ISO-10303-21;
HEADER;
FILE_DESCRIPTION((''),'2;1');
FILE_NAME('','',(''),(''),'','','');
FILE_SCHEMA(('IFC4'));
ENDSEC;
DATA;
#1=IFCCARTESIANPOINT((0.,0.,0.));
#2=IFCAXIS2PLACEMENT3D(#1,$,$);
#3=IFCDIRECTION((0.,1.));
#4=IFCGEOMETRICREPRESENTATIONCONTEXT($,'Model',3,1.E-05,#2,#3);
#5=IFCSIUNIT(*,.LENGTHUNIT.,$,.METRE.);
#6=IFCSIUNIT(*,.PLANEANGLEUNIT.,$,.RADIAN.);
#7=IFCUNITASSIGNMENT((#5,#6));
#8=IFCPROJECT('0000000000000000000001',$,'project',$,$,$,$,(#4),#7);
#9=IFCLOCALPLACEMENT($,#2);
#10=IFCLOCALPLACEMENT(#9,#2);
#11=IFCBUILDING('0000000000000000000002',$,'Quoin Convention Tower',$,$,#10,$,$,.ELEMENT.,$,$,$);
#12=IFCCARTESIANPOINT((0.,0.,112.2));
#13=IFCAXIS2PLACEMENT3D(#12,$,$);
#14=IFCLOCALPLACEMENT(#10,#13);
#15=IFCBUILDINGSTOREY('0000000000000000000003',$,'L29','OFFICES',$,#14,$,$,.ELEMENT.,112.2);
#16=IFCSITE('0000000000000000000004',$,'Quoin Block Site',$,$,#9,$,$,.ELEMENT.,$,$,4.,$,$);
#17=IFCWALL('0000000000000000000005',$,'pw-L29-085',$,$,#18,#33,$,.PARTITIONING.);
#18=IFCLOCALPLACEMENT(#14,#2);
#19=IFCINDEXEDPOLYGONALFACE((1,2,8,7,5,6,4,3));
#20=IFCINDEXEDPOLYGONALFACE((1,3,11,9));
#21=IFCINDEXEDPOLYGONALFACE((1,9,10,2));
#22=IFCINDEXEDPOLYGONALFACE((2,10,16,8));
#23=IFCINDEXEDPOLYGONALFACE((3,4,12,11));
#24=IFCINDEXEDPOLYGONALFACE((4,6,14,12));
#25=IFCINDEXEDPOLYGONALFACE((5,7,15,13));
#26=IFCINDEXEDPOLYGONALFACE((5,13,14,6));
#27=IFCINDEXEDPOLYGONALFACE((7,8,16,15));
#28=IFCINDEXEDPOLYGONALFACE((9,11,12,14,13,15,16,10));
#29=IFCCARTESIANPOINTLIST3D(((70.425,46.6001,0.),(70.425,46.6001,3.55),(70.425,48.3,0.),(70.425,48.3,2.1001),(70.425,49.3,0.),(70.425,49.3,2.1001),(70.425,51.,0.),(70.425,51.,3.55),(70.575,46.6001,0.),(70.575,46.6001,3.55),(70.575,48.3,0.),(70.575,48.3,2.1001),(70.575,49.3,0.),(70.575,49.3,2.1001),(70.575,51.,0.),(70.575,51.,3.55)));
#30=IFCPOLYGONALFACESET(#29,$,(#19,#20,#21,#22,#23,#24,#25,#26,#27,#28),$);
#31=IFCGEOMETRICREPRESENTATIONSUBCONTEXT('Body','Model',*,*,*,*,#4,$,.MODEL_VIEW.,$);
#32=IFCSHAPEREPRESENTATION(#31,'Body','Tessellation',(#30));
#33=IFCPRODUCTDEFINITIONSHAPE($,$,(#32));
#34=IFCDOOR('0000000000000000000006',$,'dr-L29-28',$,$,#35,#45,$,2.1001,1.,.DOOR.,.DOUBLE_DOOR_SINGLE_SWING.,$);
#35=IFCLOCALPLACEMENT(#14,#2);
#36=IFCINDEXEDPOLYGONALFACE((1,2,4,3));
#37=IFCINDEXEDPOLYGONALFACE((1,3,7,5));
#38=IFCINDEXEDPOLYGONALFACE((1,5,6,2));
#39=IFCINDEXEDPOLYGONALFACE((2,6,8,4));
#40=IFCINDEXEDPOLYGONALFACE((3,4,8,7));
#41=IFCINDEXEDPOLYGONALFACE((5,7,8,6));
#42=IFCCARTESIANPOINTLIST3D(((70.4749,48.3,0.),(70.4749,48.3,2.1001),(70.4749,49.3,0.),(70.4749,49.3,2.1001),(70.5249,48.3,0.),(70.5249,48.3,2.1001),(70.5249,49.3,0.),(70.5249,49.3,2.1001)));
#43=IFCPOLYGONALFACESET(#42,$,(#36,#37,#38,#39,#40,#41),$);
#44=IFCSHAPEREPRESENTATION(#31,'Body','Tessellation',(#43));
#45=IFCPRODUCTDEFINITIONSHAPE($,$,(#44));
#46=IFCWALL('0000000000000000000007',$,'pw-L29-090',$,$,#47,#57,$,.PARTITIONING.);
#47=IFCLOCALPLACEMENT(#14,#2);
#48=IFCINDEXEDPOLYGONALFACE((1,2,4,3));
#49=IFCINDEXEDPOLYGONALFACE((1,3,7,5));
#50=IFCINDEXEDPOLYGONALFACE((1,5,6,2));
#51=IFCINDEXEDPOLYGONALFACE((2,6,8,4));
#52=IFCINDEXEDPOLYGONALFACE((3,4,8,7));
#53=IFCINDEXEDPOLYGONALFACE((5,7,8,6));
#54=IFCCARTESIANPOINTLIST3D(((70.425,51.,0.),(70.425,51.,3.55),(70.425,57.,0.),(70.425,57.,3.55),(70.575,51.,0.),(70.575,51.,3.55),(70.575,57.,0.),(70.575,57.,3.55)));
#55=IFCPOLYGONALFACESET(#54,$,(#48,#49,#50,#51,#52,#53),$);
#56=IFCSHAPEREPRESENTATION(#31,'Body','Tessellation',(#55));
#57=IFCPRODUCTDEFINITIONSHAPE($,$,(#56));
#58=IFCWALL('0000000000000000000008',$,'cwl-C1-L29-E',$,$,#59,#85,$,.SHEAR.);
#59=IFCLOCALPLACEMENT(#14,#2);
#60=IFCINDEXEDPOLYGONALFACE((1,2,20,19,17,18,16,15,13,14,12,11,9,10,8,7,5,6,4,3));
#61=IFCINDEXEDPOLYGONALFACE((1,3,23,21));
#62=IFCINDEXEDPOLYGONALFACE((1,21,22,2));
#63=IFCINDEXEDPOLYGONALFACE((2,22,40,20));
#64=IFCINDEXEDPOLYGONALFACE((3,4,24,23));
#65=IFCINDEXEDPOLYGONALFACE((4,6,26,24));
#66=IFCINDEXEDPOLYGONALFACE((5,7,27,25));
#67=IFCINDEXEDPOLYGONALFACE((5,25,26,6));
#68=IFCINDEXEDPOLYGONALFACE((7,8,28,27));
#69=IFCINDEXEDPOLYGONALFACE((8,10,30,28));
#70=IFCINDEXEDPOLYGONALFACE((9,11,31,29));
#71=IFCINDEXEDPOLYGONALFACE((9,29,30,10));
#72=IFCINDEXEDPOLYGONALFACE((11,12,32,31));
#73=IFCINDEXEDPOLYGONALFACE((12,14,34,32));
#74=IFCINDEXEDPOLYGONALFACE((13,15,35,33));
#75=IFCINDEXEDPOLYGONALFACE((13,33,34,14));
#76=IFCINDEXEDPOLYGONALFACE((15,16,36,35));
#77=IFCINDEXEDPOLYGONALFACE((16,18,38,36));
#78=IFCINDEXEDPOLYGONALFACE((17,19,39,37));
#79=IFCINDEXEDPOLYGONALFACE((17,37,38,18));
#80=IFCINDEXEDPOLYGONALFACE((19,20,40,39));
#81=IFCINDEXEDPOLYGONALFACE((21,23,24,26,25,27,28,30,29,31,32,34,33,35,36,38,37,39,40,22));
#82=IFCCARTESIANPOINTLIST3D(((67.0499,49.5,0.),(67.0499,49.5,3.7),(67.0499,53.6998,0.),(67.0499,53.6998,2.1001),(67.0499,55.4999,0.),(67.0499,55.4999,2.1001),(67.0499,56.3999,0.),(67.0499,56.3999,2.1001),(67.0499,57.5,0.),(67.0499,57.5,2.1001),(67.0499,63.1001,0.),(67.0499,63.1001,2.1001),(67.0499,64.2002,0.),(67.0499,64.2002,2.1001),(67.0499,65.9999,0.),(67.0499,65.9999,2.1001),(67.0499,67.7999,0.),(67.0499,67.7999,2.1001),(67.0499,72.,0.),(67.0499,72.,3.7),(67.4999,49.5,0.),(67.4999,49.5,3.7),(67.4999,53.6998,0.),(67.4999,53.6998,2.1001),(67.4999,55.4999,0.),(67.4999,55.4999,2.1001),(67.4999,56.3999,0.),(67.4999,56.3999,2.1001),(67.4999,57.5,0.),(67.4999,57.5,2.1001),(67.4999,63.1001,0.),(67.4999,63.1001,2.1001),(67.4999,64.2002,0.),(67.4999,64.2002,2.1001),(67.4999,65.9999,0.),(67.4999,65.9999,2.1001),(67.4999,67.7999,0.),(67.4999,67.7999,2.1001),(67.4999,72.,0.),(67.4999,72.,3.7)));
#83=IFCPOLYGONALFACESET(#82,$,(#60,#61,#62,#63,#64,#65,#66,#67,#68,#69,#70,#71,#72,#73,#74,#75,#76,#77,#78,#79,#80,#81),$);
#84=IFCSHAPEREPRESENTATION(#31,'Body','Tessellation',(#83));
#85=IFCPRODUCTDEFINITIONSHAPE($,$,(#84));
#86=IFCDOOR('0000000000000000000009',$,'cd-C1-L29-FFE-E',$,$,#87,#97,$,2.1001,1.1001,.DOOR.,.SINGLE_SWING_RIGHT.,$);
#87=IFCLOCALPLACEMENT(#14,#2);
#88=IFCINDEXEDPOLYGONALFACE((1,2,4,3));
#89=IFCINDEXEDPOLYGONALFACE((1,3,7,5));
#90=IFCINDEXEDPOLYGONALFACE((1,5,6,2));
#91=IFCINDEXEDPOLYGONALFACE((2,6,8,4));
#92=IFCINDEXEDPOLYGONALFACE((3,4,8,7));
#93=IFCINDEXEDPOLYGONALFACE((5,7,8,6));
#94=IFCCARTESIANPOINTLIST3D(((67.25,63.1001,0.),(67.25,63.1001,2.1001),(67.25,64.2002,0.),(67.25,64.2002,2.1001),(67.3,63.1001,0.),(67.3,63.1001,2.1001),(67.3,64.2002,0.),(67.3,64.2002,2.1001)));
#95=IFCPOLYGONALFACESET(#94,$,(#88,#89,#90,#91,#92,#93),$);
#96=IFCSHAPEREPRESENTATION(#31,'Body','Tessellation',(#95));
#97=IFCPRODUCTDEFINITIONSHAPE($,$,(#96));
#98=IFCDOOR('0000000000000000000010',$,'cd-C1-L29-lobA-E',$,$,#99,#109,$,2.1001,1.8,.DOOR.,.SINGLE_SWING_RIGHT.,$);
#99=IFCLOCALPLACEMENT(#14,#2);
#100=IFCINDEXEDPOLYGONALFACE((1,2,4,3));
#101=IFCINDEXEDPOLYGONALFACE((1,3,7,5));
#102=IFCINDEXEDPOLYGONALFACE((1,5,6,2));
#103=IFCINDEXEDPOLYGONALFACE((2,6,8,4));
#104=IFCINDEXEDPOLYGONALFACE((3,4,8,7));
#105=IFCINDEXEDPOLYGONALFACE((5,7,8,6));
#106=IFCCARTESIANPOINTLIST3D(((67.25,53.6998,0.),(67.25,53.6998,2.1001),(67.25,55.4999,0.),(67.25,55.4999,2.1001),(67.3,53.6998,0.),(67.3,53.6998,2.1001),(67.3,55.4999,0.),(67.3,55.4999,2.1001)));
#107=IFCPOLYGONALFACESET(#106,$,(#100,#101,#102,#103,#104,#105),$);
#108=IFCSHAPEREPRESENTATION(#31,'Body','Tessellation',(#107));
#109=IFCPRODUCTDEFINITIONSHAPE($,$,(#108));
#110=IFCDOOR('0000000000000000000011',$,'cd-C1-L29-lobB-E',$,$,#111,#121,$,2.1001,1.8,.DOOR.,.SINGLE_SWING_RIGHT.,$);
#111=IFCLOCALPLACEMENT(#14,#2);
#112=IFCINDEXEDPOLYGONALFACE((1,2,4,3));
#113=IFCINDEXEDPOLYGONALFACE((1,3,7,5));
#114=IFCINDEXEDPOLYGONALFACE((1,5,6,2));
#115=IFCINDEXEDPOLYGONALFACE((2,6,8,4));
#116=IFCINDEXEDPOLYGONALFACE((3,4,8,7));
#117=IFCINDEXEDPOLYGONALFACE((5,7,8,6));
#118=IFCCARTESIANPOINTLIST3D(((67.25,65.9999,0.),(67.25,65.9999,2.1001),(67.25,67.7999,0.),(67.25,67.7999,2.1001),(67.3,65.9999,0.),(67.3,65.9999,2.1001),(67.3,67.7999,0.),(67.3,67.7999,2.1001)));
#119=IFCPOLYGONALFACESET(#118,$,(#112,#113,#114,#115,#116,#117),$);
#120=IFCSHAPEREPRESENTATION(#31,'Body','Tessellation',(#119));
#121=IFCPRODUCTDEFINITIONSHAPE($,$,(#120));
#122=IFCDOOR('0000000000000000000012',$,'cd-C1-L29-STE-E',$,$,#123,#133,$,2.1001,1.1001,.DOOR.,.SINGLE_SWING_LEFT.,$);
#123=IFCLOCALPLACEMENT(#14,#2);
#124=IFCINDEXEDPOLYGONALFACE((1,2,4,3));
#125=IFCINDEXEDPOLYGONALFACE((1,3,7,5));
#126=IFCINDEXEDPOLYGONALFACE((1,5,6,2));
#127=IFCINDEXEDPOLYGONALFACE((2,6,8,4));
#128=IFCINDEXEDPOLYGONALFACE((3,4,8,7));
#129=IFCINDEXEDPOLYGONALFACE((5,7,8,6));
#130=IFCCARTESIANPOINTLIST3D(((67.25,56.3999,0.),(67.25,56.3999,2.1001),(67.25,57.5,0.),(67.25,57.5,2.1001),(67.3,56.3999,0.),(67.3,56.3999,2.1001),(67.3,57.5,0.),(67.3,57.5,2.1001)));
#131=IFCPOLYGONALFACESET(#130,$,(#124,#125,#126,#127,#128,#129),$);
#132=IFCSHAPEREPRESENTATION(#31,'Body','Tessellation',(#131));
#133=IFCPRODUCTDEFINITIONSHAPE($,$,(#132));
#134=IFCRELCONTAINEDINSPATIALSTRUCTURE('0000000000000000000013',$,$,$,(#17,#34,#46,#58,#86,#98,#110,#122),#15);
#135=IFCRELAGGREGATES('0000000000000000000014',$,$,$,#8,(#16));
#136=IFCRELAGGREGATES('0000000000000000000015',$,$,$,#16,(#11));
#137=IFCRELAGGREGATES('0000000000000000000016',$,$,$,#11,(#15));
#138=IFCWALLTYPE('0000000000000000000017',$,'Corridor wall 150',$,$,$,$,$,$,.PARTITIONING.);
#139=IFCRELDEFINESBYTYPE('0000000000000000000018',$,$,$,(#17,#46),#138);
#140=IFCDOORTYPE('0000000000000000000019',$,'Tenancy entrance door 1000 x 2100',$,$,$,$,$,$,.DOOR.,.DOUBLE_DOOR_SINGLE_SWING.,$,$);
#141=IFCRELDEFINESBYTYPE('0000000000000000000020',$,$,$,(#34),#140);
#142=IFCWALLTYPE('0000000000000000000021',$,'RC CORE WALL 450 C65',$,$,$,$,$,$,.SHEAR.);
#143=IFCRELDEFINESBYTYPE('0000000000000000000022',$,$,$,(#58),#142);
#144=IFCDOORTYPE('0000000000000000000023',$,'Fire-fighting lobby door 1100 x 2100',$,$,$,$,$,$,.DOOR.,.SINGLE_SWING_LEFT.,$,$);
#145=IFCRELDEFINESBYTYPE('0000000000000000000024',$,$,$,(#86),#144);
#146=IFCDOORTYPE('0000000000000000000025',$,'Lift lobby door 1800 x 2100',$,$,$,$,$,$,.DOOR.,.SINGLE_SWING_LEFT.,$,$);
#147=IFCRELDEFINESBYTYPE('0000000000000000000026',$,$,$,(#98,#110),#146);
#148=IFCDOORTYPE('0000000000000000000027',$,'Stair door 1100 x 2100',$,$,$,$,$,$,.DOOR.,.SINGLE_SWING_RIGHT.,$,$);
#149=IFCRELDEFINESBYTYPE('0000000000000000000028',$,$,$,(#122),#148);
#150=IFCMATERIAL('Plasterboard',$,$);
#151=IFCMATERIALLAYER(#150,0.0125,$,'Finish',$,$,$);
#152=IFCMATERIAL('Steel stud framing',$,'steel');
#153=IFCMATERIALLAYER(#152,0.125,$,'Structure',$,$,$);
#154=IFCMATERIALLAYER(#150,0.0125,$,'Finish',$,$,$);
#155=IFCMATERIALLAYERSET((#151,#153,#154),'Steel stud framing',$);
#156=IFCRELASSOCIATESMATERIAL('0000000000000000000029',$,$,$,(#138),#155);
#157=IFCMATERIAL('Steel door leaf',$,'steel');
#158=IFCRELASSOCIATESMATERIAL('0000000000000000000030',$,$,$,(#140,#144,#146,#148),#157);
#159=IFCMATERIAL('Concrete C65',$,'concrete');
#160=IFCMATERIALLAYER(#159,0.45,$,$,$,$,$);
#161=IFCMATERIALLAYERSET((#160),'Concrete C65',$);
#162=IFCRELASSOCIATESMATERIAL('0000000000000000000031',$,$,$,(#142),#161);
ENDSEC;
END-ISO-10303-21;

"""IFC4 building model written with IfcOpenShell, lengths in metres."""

from ifc_helpers import new_model, si_unit, direction, frame, frame_2d, origin, place, context, subcontext, project, spatial, rectangle, extrude, material, layer, layer_set, type_object, element, fill, save


model = new_model("IFC4")

# Units and contexts
model_context = context("Model", 3, precision=1e-05, world=origin(), true_north=direction((0.0, 1.0)))
body_context = subcontext(model_context, "Body", "Model", "MODEL_VIEW")
ifc_project = project(units=[si_unit("LENGTHUNIT", "METRE"), si_unit("PLANEANGLEUNIT", "RADIAN")], contexts=[model_context])

# Site, building, storey
site_placement = place(None, origin())
site = spatial("IfcSite", under=ifc_project, at=site_placement, Name="Quoin Block Site", CompositionType="ELEMENT", RefElevation=4.0)
building_placement = place(site_placement, origin())
building = spatial("IfcBuilding", under=site, at=building_placement, Name="Quoin Convention Tower", CompositionType="ELEMENT")
storey_placement = place(building_placement, frame((0.0, 0.0, 112.2)))
storey = spatial("IfcBuildingStorey", under=building, at=storey_placement, Name="L29", Description="OFFICES", CompositionType="ELEMENT", Elevation=112.2)

# Shared definitions
ifc_material_1 = material(Name="Concrete C65", Category="concrete")

# Wall, opening, door
ifc_material_2 = material(Name="Plasterboard")
ifc_layer_1 = layer(ifc_material_2, 0.0125, Name="Finish")
ifc_material_3 = material(Name="Steel stud framing", Category="steel")
ifc_layer_2 = layer(ifc_material_3, 0.125, Name="Structure")
ifc_layer_3 = layer(ifc_material_2, 0.0125, Name="Finish")
ifc_layer_set_1 = layer_set([ifc_layer_1, ifc_layer_2, ifc_layer_3], Name="Steel stud framing")
wall_type_1 = type_object("IfcWallType", Name="Corridor wall 150", PredefinedType="PARTITIONING", material=ifc_layer_set_1)
wall_1_placement = place(storey_placement, frame((70.5, 46.6001, 0.0), z_axis=(0.0, 0.0, 1.0), x_axis=(0.0, 1.0, 0.0)))
wall_1 = element("IfcWall", 1, at=wall_1_placement, inside=storey, type_object=wall_type_1, Name="pw-L29-085", PredefinedType="PARTITIONING", context=body_context, shape_type="SweptSolid", body=[
    extrude(rectangle(XDim=4.3999, YDim=0.1499, at=frame_2d((2.2, 0.0))), origin(), (0.0, 0.0, 1.0), 3.55),
])
opening_1_placement = place(wall_1_placement, frame((1.7, 0.0, 0.0)))
opening_1 = element("IfcOpeningElement", 2, at=opening_1_placement, cuts=wall_1, PredefinedType="OPENING", context=body_context, shape_type="SweptSolid", body=[
    extrude(rectangle(XDim=1.0, YDim=2.1001, at=frame_2d((0.5, 1.05))), frame((0.0, 0.085, 0.0), z_axis=(0.0, -1.0, 0.0), x_axis=(1.0, 0.0, 0.0)), (0.0, 0.0, 1.0), 0.1699),
])
ifc_material_4 = material(Name="Steel door leaf", Category="steel")
door_type_1 = type_object("IfcDoorType", Name="Tenancy entrance door 1000 x 2100", OperationType="DOUBLE_DOOR_SINGLE_SWING", PredefinedType="DOOR", material=ifc_material_4)
door_1_placement = place(opening_1_placement, frame((1.0, 0.0, 0.0), z_axis=(0.0, 0.0, 1.0), x_axis=(-1.0, 0.0, 0.0)))
door_1 = element("IfcDoor", 3, at=door_1_placement, inside=storey, type_object=door_type_1, Name="dr-L29-28", OperationType="DOUBLE_DOOR_SINGLE_SWING", OverallHeight=2.1001, OverallWidth=1.0, PredefinedType="DOOR", context=body_context, shape_type="SweptSolid", body=[
    extrude(rectangle(XDim=1.0, YDim=2.1001, at=frame_2d((0.5, 1.05))), frame((0.0, 0.0249, 0.0), z_axis=(0.0, -1.0, 0.0), x_axis=(1.0, 0.0, 0.0)), (0.0, 0.0, 1.0), 0.05),
])
fill(opening_1, door_1)

# Wall
wall_2_placement = place(storey_placement, frame((70.5, 51.0, 0.0), z_axis=(0.0, 0.0, 1.0), x_axis=(0.0, 1.0, 0.0)))
element("IfcWall", 4, at=wall_2_placement, inside=storey, type_object=wall_type_1, Name="pw-L29-090", PredefinedType="PARTITIONING", context=body_context, shape_type="SweptSolid", body=[
    extrude(rectangle(XDim=6.0, YDim=0.1499, at=frame_2d((3.0, 0.0))), origin(), (0.0, 0.0, 1.0), 3.55),
])

# Wall, openings, doors
ifc_layer_4 = layer(ifc_material_1, 0.45)
ifc_layer_set_2 = layer_set([ifc_layer_4], Name="Concrete C65")
wall_type_2 = type_object("IfcWallType", Name="RC CORE WALL 450 C65", PredefinedType="SHEAR", material=ifc_layer_set_2)
wall_3_placement = place(storey_placement, frame((67.2749, 49.5, 0.0), z_axis=(0.0, 0.0, 1.0), x_axis=(0.0, 1.0, 0.0)))
wall_3 = element("IfcWall", 5, at=wall_3_placement, inside=storey, type_object=wall_type_2, Name="cwl-C1-L29-E", PredefinedType="SHEAR", context=body_context, shape_type="SweptSolid", body=[
    extrude(rectangle(XDim=22.5, YDim=0.45, at=frame_2d((11.25, 0.0))), origin(), (0.0, 0.0, 1.0), 3.7),
])
opening_2_placement = place(wall_3_placement, frame((4.2, 0.0, 0.0)))
opening_2 = element("IfcOpeningElement", 6, at=opening_2_placement, cuts=wall_3, PredefinedType="OPENING", context=body_context, shape_type="SweptSolid", body=[
    extrude(rectangle(XDim=1.8, YDim=2.1001, at=frame_2d((0.8999, 1.05))), frame((0.0, 0.2349, 0.0), z_axis=(0.0, -1.0, 0.0), x_axis=(1.0, 0.0, 0.0)), (0.0, 0.0, 1.0), 0.47),
])
opening_3_placement = place(wall_3_placement, frame((6.8999, 0.0, 0.0)))
opening_3 = element("IfcOpeningElement", 7, at=opening_3_placement, cuts=wall_3, PredefinedType="OPENING", context=body_context, shape_type="SweptSolid", body=[
    extrude(rectangle(XDim=1.1001, YDim=2.1001, at=frame_2d((0.55, 1.05))), frame((0.0, 0.2349, 0.0), z_axis=(0.0, -1.0, 0.0), x_axis=(1.0, 0.0, 0.0)), (0.0, 0.0, 1.0), 0.47),
])
opening_4_placement = place(wall_3_placement, frame((13.6001, 0.0, 0.0)))
opening_4 = element("IfcOpeningElement", 8, at=opening_4_placement, cuts=wall_3, PredefinedType="OPENING", context=body_context, shape_type="SweptSolid", body=[
    extrude(rectangle(XDim=1.1001, YDim=2.1001, at=frame_2d((0.55, 1.05))), frame((0.0, 0.2349, 0.0), z_axis=(0.0, -1.0, 0.0), x_axis=(1.0, 0.0, 0.0)), (0.0, 0.0, 1.0), 0.47),
])
opening_5_placement = place(wall_3_placement, frame((16.5, 0.0, 0.0)))
opening_5 = element("IfcOpeningElement", 9, at=opening_5_placement, cuts=wall_3, PredefinedType="OPENING", context=body_context, shape_type="SweptSolid", body=[
    extrude(rectangle(XDim=1.8, YDim=2.1001, at=frame_2d((0.8999, 1.05))), frame((0.0, 0.2349, 0.0), z_axis=(0.0, -1.0, 0.0), x_axis=(1.0, 0.0, 0.0)), (0.0, 0.0, 1.0), 0.47),
])
door_type_2 = type_object("IfcDoorType", Name="Fire-fighting lobby door 1100 x 2100", OperationType="SINGLE_SWING_LEFT", PredefinedType="DOOR", material=ifc_material_4)
door_2_placement = place(opening_4_placement, origin())
door_2 = element("IfcDoor", 10, at=door_2_placement, inside=storey, type_object=door_type_2, Name="cd-C1-L29-FFE-E", OperationType="SINGLE_SWING_RIGHT", OverallHeight=2.1001, OverallWidth=1.1001, PredefinedType="DOOR", context=body_context, shape_type="SweptSolid", body=[
    extrude(rectangle(XDim=1.1001, YDim=2.1001, at=frame_2d((0.55, 1.05))), frame((0.0, 0.0249, 0.0), z_axis=(0.0, -1.0, 0.0), x_axis=(1.0, 0.0, 0.0)), (0.0, 0.0, 1.0), 0.05),
])
fill(opening_4, door_2)
door_type_3 = type_object("IfcDoorType", Name="Lift lobby door 1800 x 2100", OperationType="SINGLE_SWING_LEFT", PredefinedType="DOOR", material=ifc_material_4)
door_3_placement = place(opening_2_placement, origin())
door_3 = element("IfcDoor", 11, at=door_3_placement, inside=storey, type_object=door_type_3, Name="cd-C1-L29-lobA-E", OperationType="SINGLE_SWING_RIGHT", OverallHeight=2.1001, OverallWidth=1.8, PredefinedType="DOOR", context=body_context, shape_type="SweptSolid", body=[
    extrude(rectangle(XDim=1.8, YDim=2.1001, at=frame_2d((0.8999, 1.05))), frame((0.0, 0.0249, 0.0), z_axis=(0.0, -1.0, 0.0), x_axis=(1.0, 0.0, 0.0)), (0.0, 0.0, 1.0), 0.05),
])
fill(opening_2, door_3)
door_4_placement = place(opening_5_placement, origin())
door_4 = element("IfcDoor", 12, at=door_4_placement, inside=storey, type_object=door_type_3, Name="cd-C1-L29-lobB-E", OperationType="SINGLE_SWING_RIGHT", OverallHeight=2.1001, OverallWidth=1.8, PredefinedType="DOOR", context=body_context, shape_type="SweptSolid", body=[
    extrude(rectangle(XDim=1.8, YDim=2.1001, at=frame_2d((0.8999, 1.05))), frame((0.0, 0.0249, 0.0), z_axis=(0.0, -1.0, 0.0), x_axis=(1.0, 0.0, 0.0)), (0.0, 0.0, 1.0), 0.05),
])
fill(opening_5, door_4)
door_type_4 = type_object("IfcDoorType", Name="Stair door 1100 x 2100", OperationType="SINGLE_SWING_RIGHT", PredefinedType="DOOR", material=ifc_material_4)
door_5_placement = place(opening_3_placement, origin())
door_5 = element("IfcDoor", 13, at=door_5_placement, inside=storey, type_object=door_type_4, Name="cd-C1-L29-STE-E", OperationType="SINGLE_SWING_LEFT", OverallHeight=2.1001, OverallWidth=1.1001, PredefinedType="DOOR", context=body_context, shape_type="SweptSolid", body=[
    extrude(rectangle(XDim=1.1001, YDim=2.1001, at=frame_2d((0.55, 1.05))), frame((0.0, 0.0249, 0.0), z_axis=(0.0, -1.0, 0.0), x_axis=(1.0, 0.0, 0.0)), (0.0, 0.0, 1.0), 0.05),
])
fill(opening_3, door_5)

save(model, "model.ifc")
